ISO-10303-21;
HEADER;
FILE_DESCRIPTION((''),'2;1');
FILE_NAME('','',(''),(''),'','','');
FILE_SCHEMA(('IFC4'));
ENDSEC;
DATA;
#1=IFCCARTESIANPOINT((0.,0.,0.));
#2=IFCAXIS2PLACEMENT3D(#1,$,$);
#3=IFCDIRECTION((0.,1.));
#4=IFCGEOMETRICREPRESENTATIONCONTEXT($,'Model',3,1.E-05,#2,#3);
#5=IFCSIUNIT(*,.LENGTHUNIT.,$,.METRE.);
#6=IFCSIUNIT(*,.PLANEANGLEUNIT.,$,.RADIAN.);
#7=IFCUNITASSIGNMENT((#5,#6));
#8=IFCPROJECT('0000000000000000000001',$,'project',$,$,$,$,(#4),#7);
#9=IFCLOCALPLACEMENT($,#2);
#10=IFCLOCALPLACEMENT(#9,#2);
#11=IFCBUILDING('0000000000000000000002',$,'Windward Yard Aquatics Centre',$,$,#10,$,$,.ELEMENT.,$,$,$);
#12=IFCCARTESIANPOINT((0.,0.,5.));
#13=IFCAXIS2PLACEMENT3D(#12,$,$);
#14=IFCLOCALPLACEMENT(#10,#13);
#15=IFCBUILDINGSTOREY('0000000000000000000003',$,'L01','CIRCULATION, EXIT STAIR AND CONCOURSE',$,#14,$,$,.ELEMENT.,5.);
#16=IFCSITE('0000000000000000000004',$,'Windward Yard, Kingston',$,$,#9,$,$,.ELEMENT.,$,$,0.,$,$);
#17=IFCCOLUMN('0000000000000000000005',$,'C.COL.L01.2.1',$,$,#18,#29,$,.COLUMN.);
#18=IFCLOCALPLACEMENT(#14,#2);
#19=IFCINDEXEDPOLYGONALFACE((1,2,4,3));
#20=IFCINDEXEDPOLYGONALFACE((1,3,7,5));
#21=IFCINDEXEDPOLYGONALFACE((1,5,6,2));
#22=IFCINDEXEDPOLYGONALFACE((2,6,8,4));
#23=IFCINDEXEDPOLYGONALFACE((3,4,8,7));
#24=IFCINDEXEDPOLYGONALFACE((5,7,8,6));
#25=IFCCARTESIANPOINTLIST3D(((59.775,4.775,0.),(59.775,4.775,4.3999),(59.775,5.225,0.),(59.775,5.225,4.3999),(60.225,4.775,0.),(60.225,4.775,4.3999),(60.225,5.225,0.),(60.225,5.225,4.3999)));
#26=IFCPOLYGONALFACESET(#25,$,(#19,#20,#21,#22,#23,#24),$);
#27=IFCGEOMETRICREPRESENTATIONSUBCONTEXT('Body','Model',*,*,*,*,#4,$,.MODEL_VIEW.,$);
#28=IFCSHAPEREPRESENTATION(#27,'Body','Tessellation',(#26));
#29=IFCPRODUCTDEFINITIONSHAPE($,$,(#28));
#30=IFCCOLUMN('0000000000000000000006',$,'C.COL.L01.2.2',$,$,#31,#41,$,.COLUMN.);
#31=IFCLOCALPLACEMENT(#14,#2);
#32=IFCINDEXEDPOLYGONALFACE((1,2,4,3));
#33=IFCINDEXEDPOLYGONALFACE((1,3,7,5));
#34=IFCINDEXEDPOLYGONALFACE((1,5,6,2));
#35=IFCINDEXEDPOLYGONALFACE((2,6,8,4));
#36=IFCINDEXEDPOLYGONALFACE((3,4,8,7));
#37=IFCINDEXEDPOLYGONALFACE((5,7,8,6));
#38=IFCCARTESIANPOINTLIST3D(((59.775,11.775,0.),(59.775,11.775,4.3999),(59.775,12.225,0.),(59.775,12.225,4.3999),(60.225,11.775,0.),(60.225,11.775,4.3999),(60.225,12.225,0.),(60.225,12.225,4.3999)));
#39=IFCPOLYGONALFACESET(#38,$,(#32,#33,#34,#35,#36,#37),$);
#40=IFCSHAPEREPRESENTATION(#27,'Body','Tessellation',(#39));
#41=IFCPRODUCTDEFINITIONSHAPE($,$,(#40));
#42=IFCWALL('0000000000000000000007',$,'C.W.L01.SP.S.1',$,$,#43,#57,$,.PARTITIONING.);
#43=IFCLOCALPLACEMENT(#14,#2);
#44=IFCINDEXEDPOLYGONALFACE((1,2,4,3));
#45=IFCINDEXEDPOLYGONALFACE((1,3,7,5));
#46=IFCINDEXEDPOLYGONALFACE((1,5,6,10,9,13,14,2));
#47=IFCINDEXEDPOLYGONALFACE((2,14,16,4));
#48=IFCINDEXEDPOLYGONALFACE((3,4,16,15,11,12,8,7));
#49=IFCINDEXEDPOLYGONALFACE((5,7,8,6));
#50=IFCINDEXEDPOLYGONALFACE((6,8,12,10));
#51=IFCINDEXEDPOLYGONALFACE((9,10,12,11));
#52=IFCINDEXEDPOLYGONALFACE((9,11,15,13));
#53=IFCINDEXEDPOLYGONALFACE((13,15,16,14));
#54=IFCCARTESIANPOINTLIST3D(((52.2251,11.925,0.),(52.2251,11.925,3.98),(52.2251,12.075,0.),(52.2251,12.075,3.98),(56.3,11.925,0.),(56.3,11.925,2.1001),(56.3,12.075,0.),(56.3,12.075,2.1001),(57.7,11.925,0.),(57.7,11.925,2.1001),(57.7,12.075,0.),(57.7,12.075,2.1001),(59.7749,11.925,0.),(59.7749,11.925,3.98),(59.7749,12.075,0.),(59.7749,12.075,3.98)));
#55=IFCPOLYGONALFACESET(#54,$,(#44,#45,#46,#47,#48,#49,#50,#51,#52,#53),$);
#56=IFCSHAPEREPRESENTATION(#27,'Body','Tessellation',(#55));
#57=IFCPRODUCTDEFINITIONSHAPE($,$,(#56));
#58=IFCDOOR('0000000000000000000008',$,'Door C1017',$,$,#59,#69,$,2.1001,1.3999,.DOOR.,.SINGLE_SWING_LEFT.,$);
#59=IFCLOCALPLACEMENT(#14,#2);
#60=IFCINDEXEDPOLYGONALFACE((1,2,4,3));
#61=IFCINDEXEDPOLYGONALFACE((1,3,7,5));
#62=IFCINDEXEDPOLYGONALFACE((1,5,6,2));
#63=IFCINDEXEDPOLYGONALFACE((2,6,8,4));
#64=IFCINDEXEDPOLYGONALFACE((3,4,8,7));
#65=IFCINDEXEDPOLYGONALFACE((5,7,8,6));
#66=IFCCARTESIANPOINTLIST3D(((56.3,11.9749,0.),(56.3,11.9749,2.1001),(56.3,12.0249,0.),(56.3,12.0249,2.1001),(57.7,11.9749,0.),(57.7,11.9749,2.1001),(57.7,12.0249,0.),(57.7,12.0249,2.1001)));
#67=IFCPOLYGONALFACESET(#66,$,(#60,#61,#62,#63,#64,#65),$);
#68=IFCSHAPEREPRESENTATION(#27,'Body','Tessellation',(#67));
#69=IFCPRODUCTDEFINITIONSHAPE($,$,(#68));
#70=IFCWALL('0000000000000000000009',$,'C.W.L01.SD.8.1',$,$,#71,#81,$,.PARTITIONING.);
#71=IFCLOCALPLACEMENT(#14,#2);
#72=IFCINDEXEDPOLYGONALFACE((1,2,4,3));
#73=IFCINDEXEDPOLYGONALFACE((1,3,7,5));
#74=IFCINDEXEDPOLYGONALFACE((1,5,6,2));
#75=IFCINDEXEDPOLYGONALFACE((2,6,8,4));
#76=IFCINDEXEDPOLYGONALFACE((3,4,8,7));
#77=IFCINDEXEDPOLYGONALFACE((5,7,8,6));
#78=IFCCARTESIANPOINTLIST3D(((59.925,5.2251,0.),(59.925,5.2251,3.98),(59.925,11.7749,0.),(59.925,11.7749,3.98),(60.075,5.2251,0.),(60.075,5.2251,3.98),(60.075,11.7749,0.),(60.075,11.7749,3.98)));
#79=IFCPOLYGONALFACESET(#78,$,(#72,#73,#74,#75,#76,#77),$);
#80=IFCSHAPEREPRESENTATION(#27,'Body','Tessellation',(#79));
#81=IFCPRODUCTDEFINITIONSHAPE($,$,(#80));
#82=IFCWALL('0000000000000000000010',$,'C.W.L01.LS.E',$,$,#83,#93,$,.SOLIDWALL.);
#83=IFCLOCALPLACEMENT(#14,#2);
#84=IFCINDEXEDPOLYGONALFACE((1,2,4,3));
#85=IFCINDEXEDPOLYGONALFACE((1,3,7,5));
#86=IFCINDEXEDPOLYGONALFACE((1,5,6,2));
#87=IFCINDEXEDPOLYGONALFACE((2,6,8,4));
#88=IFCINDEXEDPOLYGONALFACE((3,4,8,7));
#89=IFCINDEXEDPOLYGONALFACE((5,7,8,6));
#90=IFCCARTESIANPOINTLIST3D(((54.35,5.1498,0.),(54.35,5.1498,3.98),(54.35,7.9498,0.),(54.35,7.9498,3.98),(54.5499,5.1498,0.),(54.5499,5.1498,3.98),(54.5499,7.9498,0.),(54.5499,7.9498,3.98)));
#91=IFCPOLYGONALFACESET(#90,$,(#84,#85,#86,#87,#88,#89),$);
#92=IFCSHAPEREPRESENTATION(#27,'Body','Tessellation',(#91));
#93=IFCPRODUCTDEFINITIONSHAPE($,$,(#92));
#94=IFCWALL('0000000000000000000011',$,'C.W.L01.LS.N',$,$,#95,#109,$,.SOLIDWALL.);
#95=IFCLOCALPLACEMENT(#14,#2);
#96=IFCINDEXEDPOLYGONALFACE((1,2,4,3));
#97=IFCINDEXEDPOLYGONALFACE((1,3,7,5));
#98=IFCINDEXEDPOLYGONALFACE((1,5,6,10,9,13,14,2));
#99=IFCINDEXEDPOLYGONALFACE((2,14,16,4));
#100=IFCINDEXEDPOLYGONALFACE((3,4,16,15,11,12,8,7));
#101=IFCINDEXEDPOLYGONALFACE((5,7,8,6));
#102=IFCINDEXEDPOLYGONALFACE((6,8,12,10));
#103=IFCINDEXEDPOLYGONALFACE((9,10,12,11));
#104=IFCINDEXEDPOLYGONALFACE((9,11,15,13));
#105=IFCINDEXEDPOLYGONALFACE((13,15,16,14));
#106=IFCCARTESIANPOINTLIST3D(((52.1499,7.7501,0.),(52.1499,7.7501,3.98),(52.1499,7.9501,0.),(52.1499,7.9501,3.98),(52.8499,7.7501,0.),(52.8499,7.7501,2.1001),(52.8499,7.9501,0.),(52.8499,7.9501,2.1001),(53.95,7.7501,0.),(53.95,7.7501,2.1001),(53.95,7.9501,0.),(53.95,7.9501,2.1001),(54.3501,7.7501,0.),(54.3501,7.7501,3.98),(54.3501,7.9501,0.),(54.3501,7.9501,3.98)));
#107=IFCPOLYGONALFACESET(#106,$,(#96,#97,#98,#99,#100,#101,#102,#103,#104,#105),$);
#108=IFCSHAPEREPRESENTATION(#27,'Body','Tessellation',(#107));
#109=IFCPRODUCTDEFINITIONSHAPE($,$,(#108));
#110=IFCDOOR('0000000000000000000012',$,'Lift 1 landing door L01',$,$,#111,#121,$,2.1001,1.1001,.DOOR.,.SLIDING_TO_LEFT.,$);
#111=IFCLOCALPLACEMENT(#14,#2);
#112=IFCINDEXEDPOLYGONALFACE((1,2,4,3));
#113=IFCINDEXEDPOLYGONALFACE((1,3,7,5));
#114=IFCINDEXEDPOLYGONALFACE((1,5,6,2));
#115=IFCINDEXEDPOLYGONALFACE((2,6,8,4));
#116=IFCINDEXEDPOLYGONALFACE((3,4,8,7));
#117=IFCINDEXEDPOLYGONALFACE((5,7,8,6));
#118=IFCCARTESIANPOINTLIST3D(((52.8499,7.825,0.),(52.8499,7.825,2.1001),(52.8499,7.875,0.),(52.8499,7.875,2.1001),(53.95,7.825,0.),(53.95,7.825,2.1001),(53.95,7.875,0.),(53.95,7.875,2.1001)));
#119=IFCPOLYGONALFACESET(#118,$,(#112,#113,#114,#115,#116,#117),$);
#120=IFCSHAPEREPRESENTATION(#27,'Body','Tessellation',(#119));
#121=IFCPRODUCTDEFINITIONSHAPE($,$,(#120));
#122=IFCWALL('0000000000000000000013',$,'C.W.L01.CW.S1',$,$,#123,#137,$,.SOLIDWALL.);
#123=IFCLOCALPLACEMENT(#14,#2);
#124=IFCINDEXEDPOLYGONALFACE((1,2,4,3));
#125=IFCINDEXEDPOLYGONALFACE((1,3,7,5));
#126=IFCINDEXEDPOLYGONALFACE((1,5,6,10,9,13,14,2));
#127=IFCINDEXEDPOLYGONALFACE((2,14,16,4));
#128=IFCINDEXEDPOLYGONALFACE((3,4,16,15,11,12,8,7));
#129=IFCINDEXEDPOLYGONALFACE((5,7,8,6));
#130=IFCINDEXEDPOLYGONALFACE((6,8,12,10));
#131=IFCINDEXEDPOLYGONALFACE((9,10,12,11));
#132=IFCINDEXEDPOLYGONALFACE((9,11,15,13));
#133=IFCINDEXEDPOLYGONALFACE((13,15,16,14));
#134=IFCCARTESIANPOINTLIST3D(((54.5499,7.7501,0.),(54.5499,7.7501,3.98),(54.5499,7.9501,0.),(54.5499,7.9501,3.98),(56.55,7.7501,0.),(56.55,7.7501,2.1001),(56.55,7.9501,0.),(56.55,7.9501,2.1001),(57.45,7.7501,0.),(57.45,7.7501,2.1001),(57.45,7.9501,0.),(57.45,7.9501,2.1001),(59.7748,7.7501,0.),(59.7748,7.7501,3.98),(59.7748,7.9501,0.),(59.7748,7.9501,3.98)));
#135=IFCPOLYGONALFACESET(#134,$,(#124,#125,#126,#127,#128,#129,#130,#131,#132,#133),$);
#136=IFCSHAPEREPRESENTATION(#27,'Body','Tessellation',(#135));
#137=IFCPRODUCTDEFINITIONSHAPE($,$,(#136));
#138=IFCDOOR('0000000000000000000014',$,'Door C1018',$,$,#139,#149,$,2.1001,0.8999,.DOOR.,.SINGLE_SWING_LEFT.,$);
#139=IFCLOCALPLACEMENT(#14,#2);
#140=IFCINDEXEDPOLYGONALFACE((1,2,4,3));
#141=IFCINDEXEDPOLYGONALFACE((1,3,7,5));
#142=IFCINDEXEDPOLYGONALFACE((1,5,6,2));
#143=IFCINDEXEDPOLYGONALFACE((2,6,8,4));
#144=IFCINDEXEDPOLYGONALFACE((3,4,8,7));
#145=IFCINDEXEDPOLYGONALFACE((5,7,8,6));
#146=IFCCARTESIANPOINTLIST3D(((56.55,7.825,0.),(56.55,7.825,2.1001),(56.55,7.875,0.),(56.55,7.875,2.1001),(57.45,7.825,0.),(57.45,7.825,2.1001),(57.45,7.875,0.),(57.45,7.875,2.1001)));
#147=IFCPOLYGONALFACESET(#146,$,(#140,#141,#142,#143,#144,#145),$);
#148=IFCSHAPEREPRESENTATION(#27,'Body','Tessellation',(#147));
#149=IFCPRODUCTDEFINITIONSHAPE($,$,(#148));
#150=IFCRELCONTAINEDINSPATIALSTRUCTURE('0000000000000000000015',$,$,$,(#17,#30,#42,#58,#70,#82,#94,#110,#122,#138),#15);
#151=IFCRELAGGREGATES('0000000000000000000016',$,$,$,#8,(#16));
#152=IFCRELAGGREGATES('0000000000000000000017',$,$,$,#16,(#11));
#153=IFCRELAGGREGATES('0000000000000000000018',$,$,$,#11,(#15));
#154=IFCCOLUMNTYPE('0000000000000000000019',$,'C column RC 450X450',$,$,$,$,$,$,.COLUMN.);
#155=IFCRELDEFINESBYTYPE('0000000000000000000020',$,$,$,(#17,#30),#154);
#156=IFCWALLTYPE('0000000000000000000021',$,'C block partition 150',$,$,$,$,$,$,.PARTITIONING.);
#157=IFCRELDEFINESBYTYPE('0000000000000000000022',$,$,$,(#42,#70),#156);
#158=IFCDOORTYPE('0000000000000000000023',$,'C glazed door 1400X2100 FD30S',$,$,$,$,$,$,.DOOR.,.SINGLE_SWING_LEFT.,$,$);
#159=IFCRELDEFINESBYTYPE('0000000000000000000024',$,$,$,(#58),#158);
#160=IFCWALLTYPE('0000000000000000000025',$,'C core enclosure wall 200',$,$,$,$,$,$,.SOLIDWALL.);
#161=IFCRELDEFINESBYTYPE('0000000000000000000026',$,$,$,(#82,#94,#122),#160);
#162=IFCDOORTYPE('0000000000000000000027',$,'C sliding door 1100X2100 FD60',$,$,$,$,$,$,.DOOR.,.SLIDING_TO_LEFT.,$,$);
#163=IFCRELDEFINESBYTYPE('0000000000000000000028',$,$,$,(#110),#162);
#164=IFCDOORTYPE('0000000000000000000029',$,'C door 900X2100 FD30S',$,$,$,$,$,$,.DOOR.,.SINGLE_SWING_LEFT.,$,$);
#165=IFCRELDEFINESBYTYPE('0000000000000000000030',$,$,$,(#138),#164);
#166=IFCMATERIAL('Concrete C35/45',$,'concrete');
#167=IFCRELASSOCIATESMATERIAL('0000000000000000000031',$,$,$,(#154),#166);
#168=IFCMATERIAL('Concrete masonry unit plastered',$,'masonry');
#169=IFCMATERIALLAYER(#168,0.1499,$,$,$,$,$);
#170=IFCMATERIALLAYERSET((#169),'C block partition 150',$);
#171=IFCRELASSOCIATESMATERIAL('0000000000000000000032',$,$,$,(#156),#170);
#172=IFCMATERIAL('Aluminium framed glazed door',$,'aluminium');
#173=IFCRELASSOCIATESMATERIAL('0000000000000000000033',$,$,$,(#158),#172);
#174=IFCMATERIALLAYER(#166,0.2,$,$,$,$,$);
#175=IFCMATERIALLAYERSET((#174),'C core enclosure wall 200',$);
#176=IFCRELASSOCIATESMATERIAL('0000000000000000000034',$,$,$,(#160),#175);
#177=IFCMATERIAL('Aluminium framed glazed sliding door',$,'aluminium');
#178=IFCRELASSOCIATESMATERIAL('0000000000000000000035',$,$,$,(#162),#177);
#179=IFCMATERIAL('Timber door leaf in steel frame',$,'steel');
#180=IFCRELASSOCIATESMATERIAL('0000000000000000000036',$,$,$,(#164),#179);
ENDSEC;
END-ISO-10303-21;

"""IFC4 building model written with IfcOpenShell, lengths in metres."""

from ifc_helpers import new_model, si_unit, direction, frame, frame_2d, origin, origin_2d, place, context, subcontext, project, spatial, rectangle, extrude, material, layer, layer_set, material_profile, profile_set, type_object, element, fill, save


model = new_model("IFC4")

# Units and contexts
model_context = context("Model", 3, precision=1e-05, world=origin(), true_north=direction((0.0, 1.0)))
body_context = subcontext(model_context, "Body", "Model", "MODEL_VIEW")
ifc_project = project(units=[si_unit("LENGTHUNIT", "METRE"), si_unit("PLANEANGLEUNIT", "RADIAN")], contexts=[model_context])

# Site, building, storey
site_placement = place(None, origin())
site = spatial("IfcSite", under=ifc_project, at=site_placement, Name="Windward Yard, Kingston", CompositionType="ELEMENT", RefElevation=0.0)
building_placement = place(site_placement, origin())
building = spatial("IfcBuilding", under=site, at=building_placement, Name="Windward Yard Aquatics Centre", CompositionType="ELEMENT")
storey_placement = place(building_placement, frame((0.0, 0.0, 5.0)))
storey = spatial("IfcBuildingStorey", under=building, at=storey_placement, Name="L01", Description="CIRCULATION, EXIT STAIR AND CONCOURSE", CompositionType="ELEMENT", Elevation=5.0)

# Columns
ifc_material_1 = material(Name="Concrete C35/45", Category="concrete")
ifc_material_profile = material_profile(ifc_material_1, rectangle(XDim=0.45, YDim=0.45, at=origin_2d()), Name="RC 450X450")
ifc_profile_set = profile_set([ifc_material_profile], Name="Concrete C35/45")
column_type = type_object("IfcColumnType", Name="C column RC 450X450", PredefinedType="COLUMN", material=ifc_profile_set)
for number, where, z_axis, x_axis, name in (
    (1, (60.0, 5.0, 0.0), (0.0, 0.0, 1.0), (1.0, 0.0, 0.0), "C.COL.L01.2.1"),
    (2, (60.0, 12.0, 0.0), (0.0, 0.0, 1.0), (1.0, 0.0, 0.0), "C.COL.L01.2.2"),
):
    element("IfcColumn", number, at=place(storey_placement, frame(where, z_axis=z_axis, x_axis=x_axis)), inside=storey, type_object=column_type, Name=name, PredefinedType="COLUMN", context=body_context, shape_type="SweptSolid", body=[
        extrude(rectangle(XDim=0.45, YDim=0.45, at=origin_2d()), origin(), (0.0, 0.0, 1.0), 4.3999),
    ])

# Wall, opening, door
ifc_material_2 = material(Name="Concrete masonry unit plastered", Category="masonry")
ifc_layer_1 = layer(ifc_material_2, 0.1499)
ifc_layer_set_1 = layer_set([ifc_layer_1], Name="C block partition 150")
wall_type_1 = type_object("IfcWallType", Name="C block partition 150", PredefinedType="PARTITIONING", material=ifc_layer_set_1)
wall_1_placement = place(storey_placement, frame((52.2251, 12.0, 0.0), z_axis=(0.0, 0.0, 1.0), x_axis=(1.0, 0.0, 0.0)))
wall_1 = element("IfcWall", 3, at=wall_1_placement, inside=storey, type_object=wall_type_1, Name="C.W.L01.SP.S.1", PredefinedType="PARTITIONING", context=body_context, shape_type="SweptSolid", body=[
    extrude(rectangle(XDim=7.5498, YDim=0.1499, at=frame_2d((3.7749, 0.0))), origin(), (0.0, 0.0, 1.0), 3.98),
])
opening_1_placement = place(wall_1_placement, frame((4.075, 0.0, 0.0)))
opening_1 = element("IfcOpeningElement", 4, at=opening_1_placement, cuts=wall_1, PredefinedType="OPENING", context=body_context, shape_type="SweptSolid", body=[
    extrude(rectangle(XDim=1.3999, YDim=2.1001, at=frame_2d((0.7, 1.05))), frame((0.0, 0.085, 0.0), z_axis=(0.0, -1.0, 0.0), x_axis=(1.0, 0.0, 0.0)), (0.0, 0.0, 1.0), 0.1699),
])
ifc_material_3 = material(Name="Aluminium framed glazed door", Category="aluminium")
door_type_1 = type_object("IfcDoorType", Name="C glazed door 1400X2100 FD30S", OperationType="SINGLE_SWING_LEFT", PredefinedType="DOOR", material=ifc_material_3)
door_1_placement = place(opening_1_placement, origin())
door_1 = element("IfcDoor", 5, at=door_1_placement, inside=storey, type_object=door_type_1, Name="Door C1017", OperationType="SINGLE_SWING_LEFT", OverallHeight=2.1001, OverallWidth=1.3999, PredefinedType="DOOR", context=body_context, shape_type="SweptSolid", body=[
    extrude(rectangle(XDim=1.3999, YDim=2.1001, at=frame_2d((0.7, 1.05))), frame((0.0, 0.0249, 0.0), z_axis=(0.0, -1.0, 0.0), x_axis=(1.0, 0.0, 0.0)), (0.0, 0.0, 1.0), 0.05),
])
fill(opening_1, door_1)

# Walls
wall_2_placement = place(storey_placement, frame((60.0, 5.2251, 0.0), z_axis=(0.0, 0.0, 1.0), x_axis=(0.0, 1.0, 0.0)))
element("IfcWall", 6, at=wall_2_placement, inside=storey, type_object=wall_type_1, Name="C.W.L01.SD.8.1", PredefinedType="PARTITIONING", context=body_context, shape_type="SweptSolid", body=[
    extrude(rectangle(XDim=6.5498, YDim=0.1499, at=frame_2d((3.2749, 0.0))), origin(), (0.0, 0.0, 1.0), 3.98),
])
ifc_layer_2 = layer(ifc_material_1, 0.2)
ifc_layer_set_2 = layer_set([ifc_layer_2], Name="C core enclosure wall 200")
wall_type_2 = type_object("IfcWallType", Name="C core enclosure wall 200", PredefinedType="SOLIDWALL", material=ifc_layer_set_2)
wall_3_placement = place(storey_placement, frame((54.45, 5.1499, 0.0), z_axis=(0.0, 0.0, 1.0), x_axis=(0.0, 1.0, 0.0)))
element("IfcWall", 7, at=wall_3_placement, inside=storey, type_object=wall_type_2, Name="C.W.L01.LS.E", PredefinedType="SOLIDWALL", context=body_context, shape_type="SweptSolid", body=[
    extrude(rectangle(XDim=2.8, YDim=0.2, at=frame_2d((1.3999, 0.0))), origin(), (0.0, 0.0, 1.0), 3.98),
])

# Walls, openings, doors
wall_4_placement = place(storey_placement, frame((52.1499, 7.8501, 0.0), z_axis=(0.0, 0.0, 1.0), x_axis=(1.0, 0.0, 0.0)))
wall_4 = element("IfcWall", 8, at=wall_4_placement, inside=storey, type_object=wall_type_2, Name="C.W.L01.LS.N", PredefinedType="SOLIDWALL", context=body_context, shape_type="SweptSolid", body=[
    extrude(rectangle(XDim=2.2002, YDim=0.2, at=frame_2d((1.1001, 0.0))), origin(), (0.0, 0.0, 1.0), 3.98),
])
opening_2_placement = place(wall_4_placement, frame((0.7, 0.0, 0.0)))
opening_2 = element("IfcOpeningElement", 9, at=opening_2_placement, cuts=wall_4, PredefinedType="OPENING", context=body_context, shape_type="SweptSolid", body=[
    extrude(rectangle(XDim=1.1001, YDim=2.1001, at=frame_2d((0.55, 1.05))), frame((0.0, 0.1099, 0.0), z_axis=(0.0, -1.0, 0.0), x_axis=(1.0, 0.0, 0.0)), (0.0, 0.0, 1.0), 0.22),
])
ifc_material_4 = material(Name="Aluminium framed glazed sliding door", Category="aluminium")
door_type_2 = type_object("IfcDoorType", Name="C sliding door 1100X2100 FD60", OperationType="SLIDING_TO_LEFT", PredefinedType="DOOR", material=ifc_material_4)
door_2_placement = place(opening_2_placement, origin())
door_2 = element("IfcDoor", 10, at=door_2_placement, inside=storey, type_object=door_type_2, Name="Lift 1 landing door L01", OperationType="SLIDING_TO_LEFT", OverallHeight=2.1001, OverallWidth=1.1001, PredefinedType="DOOR", context=body_context, shape_type="SweptSolid", body=[
    extrude(rectangle(XDim=1.1001, YDim=2.1001, at=frame_2d((0.55, 1.05))), frame((0.0, 0.0249, 0.0), z_axis=(0.0, -1.0, 0.0), x_axis=(1.0, 0.0, 0.0)), (0.0, 0.0, 1.0), 0.05),
])
fill(opening_2, door_2)
wall_5_placement = place(storey_placement, frame((54.55, 7.8501, 0.0), z_axis=(0.0, 0.0, 1.0), x_axis=(1.0, 0.0, 0.0)))
wall_5 = element("IfcWall", 11, at=wall_5_placement, inside=storey, type_object=wall_type_2, Name="C.W.L01.CW.S1", PredefinedType="SOLIDWALL", context=body_context, shape_type="SweptSolid", body=[
    extrude(rectangle(XDim=5.2249, YDim=0.2, at=frame_2d((2.6123, 0.0))), origin(), (0.0, 0.0, 1.0), 3.98),
])
opening_3_placement = place(wall_5_placement, frame((2.0, 0.0, 0.0)))
opening_3 = element("IfcOpeningElement", 12, at=opening_3_placement, cuts=wall_5, PredefinedType="OPENING", context=body_context, shape_type="SweptSolid", body=[
    extrude(rectangle(XDim=0.8999, YDim=2.1001, at=frame_2d((0.45, 1.05))), frame((0.0, 0.1099, 0.0), z_axis=(0.0, -1.0, 0.0), x_axis=(1.0, 0.0, 0.0)), (0.0, 0.0, 1.0), 0.22),
])
ifc_material_5 = material(Name="Timber door leaf in steel frame", Category="steel")
door_type_3 = type_object("IfcDoorType", Name="C door 900X2100 FD30S", OperationType="SINGLE_SWING_LEFT", PredefinedType="DOOR", material=ifc_material_5)
door_3_placement = place(opening_3_placement, origin())
door_3 = element("IfcDoor", 13, at=door_3_placement, inside=storey, type_object=door_type_3, Name="Door C1018", OperationType="SINGLE_SWING_LEFT", OverallHeight=2.1001, OverallWidth=0.8999, PredefinedType="DOOR", context=body_context, shape_type="SweptSolid", body=[
    extrude(rectangle(XDim=0.8999, YDim=2.1001, at=frame_2d((0.45, 1.05))), frame((0.0, 0.0249, 0.0), z_axis=(0.0, -1.0, 0.0), x_axis=(1.0, 0.0, 0.0)), (0.0, 0.0, 1.0), 0.05),
])
fill(opening_3, door_3)

save(model, "model.ifc")
